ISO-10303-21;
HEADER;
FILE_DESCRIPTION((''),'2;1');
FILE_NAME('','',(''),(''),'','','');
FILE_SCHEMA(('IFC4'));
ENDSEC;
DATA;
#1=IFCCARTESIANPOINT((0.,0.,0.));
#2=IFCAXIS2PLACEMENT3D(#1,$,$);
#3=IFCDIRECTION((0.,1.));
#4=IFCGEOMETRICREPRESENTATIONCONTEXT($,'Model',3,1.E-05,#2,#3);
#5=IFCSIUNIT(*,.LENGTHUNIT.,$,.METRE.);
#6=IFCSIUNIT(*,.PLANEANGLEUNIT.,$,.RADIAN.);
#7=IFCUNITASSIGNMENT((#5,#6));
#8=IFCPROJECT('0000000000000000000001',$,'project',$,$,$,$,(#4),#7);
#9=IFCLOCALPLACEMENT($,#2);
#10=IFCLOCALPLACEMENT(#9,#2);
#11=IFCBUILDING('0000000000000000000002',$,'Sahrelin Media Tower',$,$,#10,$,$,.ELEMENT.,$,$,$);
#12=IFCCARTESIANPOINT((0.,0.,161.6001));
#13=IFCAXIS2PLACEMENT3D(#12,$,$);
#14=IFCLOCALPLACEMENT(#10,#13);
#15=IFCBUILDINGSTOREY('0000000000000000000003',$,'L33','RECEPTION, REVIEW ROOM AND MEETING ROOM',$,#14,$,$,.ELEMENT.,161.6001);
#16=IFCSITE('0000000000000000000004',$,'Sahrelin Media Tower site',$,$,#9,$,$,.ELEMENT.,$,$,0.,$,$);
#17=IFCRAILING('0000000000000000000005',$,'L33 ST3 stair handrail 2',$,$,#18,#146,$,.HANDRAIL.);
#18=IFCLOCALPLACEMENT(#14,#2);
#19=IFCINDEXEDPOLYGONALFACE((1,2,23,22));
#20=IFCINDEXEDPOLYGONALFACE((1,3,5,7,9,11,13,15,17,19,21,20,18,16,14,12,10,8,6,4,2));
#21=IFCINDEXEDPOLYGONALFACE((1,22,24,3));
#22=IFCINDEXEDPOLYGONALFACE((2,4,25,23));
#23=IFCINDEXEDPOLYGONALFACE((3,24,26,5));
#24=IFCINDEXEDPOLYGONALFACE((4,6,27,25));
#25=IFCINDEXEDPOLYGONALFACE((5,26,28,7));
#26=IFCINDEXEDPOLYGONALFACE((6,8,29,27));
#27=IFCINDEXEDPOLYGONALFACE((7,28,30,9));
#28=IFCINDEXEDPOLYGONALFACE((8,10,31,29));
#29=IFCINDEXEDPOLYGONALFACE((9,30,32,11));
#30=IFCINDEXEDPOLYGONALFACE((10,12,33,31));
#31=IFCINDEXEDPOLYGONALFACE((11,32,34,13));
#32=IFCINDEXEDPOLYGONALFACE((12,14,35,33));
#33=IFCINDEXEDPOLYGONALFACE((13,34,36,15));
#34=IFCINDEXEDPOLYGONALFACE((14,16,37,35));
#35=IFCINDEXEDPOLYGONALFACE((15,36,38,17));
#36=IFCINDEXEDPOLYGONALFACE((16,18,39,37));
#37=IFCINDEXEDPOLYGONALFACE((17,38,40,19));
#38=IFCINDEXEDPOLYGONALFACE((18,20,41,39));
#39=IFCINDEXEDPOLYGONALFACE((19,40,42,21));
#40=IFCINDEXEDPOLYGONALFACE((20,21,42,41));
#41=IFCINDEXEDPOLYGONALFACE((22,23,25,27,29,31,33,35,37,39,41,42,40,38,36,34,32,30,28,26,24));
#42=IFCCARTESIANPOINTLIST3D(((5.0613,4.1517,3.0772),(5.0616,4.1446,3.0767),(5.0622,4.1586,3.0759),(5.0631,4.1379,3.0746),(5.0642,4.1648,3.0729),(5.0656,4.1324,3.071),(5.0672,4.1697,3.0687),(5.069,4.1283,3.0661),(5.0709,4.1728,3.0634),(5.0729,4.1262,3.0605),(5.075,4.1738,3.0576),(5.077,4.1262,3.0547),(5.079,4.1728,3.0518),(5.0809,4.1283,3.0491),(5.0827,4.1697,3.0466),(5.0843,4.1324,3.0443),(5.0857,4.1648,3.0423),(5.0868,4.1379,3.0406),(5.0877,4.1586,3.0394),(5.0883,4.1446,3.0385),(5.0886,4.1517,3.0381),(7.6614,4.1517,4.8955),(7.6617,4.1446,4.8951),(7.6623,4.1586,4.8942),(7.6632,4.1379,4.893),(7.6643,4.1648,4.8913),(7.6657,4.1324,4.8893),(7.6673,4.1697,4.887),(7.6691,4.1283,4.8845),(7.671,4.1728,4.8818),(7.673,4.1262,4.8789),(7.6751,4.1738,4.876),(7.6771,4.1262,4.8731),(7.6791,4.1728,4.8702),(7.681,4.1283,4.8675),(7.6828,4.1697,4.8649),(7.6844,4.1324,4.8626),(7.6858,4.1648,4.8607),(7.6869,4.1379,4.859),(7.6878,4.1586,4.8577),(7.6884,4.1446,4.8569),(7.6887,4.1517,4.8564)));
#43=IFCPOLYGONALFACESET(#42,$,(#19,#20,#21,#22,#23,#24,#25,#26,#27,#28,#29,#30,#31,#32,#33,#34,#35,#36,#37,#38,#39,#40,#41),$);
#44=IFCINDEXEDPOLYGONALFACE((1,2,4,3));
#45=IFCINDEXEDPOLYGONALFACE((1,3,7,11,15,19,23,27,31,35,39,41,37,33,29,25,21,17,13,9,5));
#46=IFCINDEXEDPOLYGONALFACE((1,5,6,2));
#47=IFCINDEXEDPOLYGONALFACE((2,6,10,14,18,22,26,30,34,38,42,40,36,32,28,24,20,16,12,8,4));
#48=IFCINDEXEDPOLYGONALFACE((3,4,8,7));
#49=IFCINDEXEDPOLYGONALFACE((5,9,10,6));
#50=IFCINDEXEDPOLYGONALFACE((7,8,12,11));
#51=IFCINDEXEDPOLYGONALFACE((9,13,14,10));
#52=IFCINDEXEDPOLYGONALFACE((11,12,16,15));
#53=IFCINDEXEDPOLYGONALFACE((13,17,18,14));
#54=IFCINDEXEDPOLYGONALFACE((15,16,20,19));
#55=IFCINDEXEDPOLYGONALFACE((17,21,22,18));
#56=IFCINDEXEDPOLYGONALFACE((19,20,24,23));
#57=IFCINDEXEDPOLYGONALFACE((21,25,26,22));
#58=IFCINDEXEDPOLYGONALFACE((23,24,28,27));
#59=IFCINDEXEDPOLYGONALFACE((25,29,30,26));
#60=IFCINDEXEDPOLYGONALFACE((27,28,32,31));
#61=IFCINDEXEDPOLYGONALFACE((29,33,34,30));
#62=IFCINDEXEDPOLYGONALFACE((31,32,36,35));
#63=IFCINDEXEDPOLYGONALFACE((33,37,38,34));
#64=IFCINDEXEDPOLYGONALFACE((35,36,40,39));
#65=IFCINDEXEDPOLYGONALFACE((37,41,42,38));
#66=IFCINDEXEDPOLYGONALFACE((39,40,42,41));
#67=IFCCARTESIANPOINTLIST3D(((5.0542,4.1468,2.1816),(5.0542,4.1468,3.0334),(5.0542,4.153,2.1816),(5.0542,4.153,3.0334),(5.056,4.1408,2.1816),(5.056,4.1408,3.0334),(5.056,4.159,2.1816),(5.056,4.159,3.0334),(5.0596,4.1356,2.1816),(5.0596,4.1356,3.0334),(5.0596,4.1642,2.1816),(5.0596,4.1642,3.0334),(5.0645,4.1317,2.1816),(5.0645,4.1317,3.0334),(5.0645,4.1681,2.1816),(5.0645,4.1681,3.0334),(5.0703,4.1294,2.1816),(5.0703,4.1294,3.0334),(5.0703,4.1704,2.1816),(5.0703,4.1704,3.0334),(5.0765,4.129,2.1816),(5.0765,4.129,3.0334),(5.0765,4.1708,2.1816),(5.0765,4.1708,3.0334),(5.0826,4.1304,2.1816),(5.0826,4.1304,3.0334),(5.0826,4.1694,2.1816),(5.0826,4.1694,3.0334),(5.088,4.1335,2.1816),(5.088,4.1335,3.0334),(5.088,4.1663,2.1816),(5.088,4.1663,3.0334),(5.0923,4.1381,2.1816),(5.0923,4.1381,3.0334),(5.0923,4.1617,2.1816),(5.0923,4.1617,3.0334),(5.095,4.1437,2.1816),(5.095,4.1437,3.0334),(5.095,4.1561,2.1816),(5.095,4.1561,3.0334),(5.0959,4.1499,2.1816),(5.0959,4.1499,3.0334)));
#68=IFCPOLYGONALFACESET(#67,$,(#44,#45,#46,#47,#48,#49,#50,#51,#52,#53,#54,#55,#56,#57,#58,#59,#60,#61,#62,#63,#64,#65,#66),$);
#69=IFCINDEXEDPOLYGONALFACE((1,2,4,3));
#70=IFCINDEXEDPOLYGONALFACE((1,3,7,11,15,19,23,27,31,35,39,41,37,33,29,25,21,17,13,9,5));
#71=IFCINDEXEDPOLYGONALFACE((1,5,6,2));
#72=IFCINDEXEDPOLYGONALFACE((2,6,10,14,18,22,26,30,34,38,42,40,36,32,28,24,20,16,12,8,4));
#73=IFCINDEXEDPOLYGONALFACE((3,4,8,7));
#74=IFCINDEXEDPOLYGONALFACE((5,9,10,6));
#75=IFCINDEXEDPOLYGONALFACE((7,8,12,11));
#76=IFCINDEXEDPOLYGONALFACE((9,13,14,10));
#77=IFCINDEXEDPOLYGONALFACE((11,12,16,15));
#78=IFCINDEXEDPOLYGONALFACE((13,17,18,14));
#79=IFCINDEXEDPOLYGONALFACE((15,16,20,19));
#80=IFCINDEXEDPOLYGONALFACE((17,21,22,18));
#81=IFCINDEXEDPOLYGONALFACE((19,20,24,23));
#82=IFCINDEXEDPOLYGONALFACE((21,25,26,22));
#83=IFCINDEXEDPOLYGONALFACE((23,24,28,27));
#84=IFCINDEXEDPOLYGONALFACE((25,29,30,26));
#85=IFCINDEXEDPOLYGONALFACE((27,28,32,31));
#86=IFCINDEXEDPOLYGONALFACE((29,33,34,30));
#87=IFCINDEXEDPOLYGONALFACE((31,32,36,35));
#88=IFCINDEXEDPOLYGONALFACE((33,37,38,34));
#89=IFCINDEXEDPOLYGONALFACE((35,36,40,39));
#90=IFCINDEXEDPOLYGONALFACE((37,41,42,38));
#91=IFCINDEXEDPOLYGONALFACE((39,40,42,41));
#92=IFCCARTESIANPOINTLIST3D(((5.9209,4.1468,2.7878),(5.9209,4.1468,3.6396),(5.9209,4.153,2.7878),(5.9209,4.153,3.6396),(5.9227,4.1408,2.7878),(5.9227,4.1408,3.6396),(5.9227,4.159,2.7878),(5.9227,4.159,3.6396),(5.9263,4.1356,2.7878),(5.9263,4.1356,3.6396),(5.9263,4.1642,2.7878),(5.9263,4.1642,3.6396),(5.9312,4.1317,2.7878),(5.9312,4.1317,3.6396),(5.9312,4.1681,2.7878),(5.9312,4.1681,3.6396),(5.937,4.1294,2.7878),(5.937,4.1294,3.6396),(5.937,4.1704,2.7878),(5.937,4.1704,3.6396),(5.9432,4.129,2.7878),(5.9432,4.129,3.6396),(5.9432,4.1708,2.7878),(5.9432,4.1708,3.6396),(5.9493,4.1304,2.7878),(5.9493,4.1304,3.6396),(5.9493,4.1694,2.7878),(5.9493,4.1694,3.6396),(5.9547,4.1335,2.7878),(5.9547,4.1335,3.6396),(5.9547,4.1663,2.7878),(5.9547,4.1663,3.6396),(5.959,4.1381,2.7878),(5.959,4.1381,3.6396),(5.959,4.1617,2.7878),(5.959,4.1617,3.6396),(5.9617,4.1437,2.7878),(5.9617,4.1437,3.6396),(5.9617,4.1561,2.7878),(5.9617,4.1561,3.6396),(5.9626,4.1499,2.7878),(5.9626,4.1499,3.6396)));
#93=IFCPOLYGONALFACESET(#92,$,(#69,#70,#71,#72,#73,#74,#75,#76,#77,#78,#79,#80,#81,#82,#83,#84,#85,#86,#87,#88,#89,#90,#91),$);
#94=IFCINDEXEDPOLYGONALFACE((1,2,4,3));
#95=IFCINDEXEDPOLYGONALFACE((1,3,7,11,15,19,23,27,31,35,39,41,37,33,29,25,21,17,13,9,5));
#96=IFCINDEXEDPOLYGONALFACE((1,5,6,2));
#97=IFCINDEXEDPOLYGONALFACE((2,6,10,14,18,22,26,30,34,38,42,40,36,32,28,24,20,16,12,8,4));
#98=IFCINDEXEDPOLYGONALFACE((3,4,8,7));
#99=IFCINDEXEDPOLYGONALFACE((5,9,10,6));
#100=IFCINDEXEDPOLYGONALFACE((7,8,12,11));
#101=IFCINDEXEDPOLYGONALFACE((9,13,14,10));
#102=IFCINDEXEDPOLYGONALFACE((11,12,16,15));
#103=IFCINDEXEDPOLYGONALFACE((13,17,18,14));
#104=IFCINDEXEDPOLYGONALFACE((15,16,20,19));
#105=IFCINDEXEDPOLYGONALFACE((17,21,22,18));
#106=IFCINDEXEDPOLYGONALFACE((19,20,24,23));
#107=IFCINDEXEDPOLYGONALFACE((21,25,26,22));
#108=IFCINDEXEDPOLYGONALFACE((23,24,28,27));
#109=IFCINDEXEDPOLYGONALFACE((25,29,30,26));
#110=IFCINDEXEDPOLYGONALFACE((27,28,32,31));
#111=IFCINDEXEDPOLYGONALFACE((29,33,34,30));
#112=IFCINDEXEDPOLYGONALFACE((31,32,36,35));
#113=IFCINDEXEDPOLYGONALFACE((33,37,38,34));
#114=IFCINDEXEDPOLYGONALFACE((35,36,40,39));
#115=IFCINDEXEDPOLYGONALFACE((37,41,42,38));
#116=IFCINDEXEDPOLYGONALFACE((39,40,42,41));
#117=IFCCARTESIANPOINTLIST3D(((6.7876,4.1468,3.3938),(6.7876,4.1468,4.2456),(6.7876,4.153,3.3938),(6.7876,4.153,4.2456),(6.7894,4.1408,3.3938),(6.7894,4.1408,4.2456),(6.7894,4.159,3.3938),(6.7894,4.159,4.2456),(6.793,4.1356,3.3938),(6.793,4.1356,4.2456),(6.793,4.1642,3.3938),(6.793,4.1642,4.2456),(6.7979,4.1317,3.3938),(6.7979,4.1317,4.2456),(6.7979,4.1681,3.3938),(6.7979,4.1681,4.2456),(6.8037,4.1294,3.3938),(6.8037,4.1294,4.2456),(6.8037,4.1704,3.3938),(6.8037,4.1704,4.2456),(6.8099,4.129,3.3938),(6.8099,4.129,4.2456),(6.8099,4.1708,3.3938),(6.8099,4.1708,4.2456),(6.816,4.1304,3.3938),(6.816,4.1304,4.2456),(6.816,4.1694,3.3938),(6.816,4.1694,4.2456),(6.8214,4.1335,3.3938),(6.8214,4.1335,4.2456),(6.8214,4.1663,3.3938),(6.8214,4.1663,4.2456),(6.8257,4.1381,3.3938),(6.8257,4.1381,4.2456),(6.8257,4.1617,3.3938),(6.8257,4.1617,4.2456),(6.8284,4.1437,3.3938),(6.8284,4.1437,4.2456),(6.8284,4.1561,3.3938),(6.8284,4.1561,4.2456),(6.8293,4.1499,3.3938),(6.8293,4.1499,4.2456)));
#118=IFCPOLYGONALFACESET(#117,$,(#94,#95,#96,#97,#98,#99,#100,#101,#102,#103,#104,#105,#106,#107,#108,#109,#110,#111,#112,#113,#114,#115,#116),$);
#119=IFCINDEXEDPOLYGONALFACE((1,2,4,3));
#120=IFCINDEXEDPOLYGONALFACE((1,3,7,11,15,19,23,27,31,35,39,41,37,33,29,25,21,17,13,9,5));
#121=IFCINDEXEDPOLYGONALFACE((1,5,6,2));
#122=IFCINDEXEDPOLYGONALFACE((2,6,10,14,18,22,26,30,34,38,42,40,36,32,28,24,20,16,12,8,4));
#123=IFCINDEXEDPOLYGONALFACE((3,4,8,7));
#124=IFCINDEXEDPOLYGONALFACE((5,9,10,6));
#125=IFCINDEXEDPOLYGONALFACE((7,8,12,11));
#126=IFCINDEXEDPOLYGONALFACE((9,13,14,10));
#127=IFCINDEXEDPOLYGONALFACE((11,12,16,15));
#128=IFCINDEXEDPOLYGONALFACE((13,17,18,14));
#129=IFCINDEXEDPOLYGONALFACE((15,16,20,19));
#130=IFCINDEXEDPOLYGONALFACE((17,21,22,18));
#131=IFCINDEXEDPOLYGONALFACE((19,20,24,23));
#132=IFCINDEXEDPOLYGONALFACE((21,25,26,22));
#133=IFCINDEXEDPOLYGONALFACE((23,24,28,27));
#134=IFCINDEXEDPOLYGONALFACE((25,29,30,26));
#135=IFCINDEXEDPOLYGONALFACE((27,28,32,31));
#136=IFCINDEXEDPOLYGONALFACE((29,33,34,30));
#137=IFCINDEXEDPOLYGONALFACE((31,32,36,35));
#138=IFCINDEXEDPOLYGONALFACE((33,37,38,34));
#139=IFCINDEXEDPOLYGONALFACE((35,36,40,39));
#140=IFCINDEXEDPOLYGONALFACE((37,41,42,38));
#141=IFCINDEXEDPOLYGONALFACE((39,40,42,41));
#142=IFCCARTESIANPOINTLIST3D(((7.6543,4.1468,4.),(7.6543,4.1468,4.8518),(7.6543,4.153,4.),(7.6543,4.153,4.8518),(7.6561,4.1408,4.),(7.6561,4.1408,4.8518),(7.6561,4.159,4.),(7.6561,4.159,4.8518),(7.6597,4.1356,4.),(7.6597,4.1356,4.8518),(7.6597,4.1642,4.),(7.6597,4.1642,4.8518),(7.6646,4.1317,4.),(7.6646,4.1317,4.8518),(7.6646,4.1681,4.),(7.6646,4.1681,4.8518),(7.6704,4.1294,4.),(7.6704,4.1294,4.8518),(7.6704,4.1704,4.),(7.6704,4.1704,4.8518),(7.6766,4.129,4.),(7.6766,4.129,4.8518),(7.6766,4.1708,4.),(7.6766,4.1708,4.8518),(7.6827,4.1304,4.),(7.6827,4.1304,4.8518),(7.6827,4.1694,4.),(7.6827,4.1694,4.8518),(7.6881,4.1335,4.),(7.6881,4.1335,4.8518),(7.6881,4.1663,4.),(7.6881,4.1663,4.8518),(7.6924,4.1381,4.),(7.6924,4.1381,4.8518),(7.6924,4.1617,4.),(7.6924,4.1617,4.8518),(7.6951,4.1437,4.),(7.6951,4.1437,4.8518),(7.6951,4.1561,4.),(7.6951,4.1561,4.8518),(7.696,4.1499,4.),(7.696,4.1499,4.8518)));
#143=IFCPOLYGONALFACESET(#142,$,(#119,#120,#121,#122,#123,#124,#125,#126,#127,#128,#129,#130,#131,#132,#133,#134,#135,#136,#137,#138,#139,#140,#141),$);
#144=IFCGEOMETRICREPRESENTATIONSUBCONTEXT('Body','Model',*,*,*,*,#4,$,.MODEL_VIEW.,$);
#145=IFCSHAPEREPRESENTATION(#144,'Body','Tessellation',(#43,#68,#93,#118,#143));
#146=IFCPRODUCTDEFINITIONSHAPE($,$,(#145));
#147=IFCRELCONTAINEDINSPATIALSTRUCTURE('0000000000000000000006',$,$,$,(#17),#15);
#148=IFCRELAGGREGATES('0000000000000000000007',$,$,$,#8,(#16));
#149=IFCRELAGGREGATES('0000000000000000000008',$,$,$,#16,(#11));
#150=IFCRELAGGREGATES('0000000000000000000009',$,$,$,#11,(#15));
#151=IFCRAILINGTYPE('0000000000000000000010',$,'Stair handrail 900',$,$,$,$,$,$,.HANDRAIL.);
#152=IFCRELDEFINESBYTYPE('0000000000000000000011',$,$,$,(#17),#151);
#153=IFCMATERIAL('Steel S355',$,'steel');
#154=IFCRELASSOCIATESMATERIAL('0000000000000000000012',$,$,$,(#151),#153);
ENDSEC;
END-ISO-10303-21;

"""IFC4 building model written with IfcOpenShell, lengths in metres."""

from ifc_helpers import new_model, si_unit, direction, frame, origin, origin_2d, place, context, subcontext, project, spatial, circle, extrude, material, type_object, element, save


model = new_model("IFC4")

# Units and contexts
model_context = context("Model", 3, precision=1e-05, world=origin(), true_north=direction((0.0, 1.0)))
body_context = subcontext(model_context, "Body", "Model", "MODEL_VIEW")
ifc_project = project(units=[si_unit("LENGTHUNIT", "METRE"), si_unit("PLANEANGLEUNIT", "RADIAN")], contexts=[model_context])

# Site, building, storey
site_placement = place(None, origin())
site = spatial("IfcSite", under=ifc_project, at=site_placement, Name="Sahrelin Media Tower site", CompositionType="ELEMENT", RefElevation=0.0)
building_placement = place(site_placement, origin())
building = spatial("IfcBuilding", under=site, at=building_placement, Name="Sahrelin Media Tower", CompositionType="ELEMENT")
storey_placement = place(building_placement, frame((0.0, 0.0, 161.6001)))
storey = spatial("IfcBuildingStorey", under=building, at=storey_placement, Name="L33", Description="RECEPTION, REVIEW ROOM AND MEETING ROOM", CompositionType="ELEMENT", Elevation=161.6001)

# Shared definitions
ifc_material_1 = material(Name="Steel S355", Category="steel")

# Railing
railing_type_1 = type_object("IfcRailingType", Name="Stair handrail 900", PredefinedType="HANDRAIL", material=ifc_material_1)
railing_1_placement = place(storey_placement, frame((5.075, 4.1499, 2.1816)))
element("IfcRailing", 1, at=railing_1_placement, inside=storey, type_object=railing_type_1, Name="L33 ST3 stair handrail 2", PredefinedType="HANDRAIL", context=body_context, shape_type="SweptSolid", body=[
    extrude(circle(Radius=0.0239, at=origin_2d()), frame((0.0, 0.0, 0.876), z_axis=(0.819485, 0.0, 0.573101), x_axis=(0.0, 1.0, 0.0)), (0.0, 0.0, 1.0), 3.1729),
    extrude(circle(Radius=0.021, at=origin_2d()), origin(), (0.0, 0.0, 1.0), 0.8518),
    extrude(circle(Radius=0.021, at=origin_2d()), frame((0.8667, 0.0, 0.6062)), (0.0, 0.0, 1.0), 0.8518),
    extrude(circle(Radius=0.021, at=origin_2d()), frame((1.7334, 0.0, 1.2122)), (0.0, 0.0, 1.0), 0.8518),
    extrude(circle(Radius=0.021, at=origin_2d()), frame((2.6001, 0.0, 1.8184)), (0.0, 0.0, 1.0), 0.8518),
])

save(model, "model.ifc")
